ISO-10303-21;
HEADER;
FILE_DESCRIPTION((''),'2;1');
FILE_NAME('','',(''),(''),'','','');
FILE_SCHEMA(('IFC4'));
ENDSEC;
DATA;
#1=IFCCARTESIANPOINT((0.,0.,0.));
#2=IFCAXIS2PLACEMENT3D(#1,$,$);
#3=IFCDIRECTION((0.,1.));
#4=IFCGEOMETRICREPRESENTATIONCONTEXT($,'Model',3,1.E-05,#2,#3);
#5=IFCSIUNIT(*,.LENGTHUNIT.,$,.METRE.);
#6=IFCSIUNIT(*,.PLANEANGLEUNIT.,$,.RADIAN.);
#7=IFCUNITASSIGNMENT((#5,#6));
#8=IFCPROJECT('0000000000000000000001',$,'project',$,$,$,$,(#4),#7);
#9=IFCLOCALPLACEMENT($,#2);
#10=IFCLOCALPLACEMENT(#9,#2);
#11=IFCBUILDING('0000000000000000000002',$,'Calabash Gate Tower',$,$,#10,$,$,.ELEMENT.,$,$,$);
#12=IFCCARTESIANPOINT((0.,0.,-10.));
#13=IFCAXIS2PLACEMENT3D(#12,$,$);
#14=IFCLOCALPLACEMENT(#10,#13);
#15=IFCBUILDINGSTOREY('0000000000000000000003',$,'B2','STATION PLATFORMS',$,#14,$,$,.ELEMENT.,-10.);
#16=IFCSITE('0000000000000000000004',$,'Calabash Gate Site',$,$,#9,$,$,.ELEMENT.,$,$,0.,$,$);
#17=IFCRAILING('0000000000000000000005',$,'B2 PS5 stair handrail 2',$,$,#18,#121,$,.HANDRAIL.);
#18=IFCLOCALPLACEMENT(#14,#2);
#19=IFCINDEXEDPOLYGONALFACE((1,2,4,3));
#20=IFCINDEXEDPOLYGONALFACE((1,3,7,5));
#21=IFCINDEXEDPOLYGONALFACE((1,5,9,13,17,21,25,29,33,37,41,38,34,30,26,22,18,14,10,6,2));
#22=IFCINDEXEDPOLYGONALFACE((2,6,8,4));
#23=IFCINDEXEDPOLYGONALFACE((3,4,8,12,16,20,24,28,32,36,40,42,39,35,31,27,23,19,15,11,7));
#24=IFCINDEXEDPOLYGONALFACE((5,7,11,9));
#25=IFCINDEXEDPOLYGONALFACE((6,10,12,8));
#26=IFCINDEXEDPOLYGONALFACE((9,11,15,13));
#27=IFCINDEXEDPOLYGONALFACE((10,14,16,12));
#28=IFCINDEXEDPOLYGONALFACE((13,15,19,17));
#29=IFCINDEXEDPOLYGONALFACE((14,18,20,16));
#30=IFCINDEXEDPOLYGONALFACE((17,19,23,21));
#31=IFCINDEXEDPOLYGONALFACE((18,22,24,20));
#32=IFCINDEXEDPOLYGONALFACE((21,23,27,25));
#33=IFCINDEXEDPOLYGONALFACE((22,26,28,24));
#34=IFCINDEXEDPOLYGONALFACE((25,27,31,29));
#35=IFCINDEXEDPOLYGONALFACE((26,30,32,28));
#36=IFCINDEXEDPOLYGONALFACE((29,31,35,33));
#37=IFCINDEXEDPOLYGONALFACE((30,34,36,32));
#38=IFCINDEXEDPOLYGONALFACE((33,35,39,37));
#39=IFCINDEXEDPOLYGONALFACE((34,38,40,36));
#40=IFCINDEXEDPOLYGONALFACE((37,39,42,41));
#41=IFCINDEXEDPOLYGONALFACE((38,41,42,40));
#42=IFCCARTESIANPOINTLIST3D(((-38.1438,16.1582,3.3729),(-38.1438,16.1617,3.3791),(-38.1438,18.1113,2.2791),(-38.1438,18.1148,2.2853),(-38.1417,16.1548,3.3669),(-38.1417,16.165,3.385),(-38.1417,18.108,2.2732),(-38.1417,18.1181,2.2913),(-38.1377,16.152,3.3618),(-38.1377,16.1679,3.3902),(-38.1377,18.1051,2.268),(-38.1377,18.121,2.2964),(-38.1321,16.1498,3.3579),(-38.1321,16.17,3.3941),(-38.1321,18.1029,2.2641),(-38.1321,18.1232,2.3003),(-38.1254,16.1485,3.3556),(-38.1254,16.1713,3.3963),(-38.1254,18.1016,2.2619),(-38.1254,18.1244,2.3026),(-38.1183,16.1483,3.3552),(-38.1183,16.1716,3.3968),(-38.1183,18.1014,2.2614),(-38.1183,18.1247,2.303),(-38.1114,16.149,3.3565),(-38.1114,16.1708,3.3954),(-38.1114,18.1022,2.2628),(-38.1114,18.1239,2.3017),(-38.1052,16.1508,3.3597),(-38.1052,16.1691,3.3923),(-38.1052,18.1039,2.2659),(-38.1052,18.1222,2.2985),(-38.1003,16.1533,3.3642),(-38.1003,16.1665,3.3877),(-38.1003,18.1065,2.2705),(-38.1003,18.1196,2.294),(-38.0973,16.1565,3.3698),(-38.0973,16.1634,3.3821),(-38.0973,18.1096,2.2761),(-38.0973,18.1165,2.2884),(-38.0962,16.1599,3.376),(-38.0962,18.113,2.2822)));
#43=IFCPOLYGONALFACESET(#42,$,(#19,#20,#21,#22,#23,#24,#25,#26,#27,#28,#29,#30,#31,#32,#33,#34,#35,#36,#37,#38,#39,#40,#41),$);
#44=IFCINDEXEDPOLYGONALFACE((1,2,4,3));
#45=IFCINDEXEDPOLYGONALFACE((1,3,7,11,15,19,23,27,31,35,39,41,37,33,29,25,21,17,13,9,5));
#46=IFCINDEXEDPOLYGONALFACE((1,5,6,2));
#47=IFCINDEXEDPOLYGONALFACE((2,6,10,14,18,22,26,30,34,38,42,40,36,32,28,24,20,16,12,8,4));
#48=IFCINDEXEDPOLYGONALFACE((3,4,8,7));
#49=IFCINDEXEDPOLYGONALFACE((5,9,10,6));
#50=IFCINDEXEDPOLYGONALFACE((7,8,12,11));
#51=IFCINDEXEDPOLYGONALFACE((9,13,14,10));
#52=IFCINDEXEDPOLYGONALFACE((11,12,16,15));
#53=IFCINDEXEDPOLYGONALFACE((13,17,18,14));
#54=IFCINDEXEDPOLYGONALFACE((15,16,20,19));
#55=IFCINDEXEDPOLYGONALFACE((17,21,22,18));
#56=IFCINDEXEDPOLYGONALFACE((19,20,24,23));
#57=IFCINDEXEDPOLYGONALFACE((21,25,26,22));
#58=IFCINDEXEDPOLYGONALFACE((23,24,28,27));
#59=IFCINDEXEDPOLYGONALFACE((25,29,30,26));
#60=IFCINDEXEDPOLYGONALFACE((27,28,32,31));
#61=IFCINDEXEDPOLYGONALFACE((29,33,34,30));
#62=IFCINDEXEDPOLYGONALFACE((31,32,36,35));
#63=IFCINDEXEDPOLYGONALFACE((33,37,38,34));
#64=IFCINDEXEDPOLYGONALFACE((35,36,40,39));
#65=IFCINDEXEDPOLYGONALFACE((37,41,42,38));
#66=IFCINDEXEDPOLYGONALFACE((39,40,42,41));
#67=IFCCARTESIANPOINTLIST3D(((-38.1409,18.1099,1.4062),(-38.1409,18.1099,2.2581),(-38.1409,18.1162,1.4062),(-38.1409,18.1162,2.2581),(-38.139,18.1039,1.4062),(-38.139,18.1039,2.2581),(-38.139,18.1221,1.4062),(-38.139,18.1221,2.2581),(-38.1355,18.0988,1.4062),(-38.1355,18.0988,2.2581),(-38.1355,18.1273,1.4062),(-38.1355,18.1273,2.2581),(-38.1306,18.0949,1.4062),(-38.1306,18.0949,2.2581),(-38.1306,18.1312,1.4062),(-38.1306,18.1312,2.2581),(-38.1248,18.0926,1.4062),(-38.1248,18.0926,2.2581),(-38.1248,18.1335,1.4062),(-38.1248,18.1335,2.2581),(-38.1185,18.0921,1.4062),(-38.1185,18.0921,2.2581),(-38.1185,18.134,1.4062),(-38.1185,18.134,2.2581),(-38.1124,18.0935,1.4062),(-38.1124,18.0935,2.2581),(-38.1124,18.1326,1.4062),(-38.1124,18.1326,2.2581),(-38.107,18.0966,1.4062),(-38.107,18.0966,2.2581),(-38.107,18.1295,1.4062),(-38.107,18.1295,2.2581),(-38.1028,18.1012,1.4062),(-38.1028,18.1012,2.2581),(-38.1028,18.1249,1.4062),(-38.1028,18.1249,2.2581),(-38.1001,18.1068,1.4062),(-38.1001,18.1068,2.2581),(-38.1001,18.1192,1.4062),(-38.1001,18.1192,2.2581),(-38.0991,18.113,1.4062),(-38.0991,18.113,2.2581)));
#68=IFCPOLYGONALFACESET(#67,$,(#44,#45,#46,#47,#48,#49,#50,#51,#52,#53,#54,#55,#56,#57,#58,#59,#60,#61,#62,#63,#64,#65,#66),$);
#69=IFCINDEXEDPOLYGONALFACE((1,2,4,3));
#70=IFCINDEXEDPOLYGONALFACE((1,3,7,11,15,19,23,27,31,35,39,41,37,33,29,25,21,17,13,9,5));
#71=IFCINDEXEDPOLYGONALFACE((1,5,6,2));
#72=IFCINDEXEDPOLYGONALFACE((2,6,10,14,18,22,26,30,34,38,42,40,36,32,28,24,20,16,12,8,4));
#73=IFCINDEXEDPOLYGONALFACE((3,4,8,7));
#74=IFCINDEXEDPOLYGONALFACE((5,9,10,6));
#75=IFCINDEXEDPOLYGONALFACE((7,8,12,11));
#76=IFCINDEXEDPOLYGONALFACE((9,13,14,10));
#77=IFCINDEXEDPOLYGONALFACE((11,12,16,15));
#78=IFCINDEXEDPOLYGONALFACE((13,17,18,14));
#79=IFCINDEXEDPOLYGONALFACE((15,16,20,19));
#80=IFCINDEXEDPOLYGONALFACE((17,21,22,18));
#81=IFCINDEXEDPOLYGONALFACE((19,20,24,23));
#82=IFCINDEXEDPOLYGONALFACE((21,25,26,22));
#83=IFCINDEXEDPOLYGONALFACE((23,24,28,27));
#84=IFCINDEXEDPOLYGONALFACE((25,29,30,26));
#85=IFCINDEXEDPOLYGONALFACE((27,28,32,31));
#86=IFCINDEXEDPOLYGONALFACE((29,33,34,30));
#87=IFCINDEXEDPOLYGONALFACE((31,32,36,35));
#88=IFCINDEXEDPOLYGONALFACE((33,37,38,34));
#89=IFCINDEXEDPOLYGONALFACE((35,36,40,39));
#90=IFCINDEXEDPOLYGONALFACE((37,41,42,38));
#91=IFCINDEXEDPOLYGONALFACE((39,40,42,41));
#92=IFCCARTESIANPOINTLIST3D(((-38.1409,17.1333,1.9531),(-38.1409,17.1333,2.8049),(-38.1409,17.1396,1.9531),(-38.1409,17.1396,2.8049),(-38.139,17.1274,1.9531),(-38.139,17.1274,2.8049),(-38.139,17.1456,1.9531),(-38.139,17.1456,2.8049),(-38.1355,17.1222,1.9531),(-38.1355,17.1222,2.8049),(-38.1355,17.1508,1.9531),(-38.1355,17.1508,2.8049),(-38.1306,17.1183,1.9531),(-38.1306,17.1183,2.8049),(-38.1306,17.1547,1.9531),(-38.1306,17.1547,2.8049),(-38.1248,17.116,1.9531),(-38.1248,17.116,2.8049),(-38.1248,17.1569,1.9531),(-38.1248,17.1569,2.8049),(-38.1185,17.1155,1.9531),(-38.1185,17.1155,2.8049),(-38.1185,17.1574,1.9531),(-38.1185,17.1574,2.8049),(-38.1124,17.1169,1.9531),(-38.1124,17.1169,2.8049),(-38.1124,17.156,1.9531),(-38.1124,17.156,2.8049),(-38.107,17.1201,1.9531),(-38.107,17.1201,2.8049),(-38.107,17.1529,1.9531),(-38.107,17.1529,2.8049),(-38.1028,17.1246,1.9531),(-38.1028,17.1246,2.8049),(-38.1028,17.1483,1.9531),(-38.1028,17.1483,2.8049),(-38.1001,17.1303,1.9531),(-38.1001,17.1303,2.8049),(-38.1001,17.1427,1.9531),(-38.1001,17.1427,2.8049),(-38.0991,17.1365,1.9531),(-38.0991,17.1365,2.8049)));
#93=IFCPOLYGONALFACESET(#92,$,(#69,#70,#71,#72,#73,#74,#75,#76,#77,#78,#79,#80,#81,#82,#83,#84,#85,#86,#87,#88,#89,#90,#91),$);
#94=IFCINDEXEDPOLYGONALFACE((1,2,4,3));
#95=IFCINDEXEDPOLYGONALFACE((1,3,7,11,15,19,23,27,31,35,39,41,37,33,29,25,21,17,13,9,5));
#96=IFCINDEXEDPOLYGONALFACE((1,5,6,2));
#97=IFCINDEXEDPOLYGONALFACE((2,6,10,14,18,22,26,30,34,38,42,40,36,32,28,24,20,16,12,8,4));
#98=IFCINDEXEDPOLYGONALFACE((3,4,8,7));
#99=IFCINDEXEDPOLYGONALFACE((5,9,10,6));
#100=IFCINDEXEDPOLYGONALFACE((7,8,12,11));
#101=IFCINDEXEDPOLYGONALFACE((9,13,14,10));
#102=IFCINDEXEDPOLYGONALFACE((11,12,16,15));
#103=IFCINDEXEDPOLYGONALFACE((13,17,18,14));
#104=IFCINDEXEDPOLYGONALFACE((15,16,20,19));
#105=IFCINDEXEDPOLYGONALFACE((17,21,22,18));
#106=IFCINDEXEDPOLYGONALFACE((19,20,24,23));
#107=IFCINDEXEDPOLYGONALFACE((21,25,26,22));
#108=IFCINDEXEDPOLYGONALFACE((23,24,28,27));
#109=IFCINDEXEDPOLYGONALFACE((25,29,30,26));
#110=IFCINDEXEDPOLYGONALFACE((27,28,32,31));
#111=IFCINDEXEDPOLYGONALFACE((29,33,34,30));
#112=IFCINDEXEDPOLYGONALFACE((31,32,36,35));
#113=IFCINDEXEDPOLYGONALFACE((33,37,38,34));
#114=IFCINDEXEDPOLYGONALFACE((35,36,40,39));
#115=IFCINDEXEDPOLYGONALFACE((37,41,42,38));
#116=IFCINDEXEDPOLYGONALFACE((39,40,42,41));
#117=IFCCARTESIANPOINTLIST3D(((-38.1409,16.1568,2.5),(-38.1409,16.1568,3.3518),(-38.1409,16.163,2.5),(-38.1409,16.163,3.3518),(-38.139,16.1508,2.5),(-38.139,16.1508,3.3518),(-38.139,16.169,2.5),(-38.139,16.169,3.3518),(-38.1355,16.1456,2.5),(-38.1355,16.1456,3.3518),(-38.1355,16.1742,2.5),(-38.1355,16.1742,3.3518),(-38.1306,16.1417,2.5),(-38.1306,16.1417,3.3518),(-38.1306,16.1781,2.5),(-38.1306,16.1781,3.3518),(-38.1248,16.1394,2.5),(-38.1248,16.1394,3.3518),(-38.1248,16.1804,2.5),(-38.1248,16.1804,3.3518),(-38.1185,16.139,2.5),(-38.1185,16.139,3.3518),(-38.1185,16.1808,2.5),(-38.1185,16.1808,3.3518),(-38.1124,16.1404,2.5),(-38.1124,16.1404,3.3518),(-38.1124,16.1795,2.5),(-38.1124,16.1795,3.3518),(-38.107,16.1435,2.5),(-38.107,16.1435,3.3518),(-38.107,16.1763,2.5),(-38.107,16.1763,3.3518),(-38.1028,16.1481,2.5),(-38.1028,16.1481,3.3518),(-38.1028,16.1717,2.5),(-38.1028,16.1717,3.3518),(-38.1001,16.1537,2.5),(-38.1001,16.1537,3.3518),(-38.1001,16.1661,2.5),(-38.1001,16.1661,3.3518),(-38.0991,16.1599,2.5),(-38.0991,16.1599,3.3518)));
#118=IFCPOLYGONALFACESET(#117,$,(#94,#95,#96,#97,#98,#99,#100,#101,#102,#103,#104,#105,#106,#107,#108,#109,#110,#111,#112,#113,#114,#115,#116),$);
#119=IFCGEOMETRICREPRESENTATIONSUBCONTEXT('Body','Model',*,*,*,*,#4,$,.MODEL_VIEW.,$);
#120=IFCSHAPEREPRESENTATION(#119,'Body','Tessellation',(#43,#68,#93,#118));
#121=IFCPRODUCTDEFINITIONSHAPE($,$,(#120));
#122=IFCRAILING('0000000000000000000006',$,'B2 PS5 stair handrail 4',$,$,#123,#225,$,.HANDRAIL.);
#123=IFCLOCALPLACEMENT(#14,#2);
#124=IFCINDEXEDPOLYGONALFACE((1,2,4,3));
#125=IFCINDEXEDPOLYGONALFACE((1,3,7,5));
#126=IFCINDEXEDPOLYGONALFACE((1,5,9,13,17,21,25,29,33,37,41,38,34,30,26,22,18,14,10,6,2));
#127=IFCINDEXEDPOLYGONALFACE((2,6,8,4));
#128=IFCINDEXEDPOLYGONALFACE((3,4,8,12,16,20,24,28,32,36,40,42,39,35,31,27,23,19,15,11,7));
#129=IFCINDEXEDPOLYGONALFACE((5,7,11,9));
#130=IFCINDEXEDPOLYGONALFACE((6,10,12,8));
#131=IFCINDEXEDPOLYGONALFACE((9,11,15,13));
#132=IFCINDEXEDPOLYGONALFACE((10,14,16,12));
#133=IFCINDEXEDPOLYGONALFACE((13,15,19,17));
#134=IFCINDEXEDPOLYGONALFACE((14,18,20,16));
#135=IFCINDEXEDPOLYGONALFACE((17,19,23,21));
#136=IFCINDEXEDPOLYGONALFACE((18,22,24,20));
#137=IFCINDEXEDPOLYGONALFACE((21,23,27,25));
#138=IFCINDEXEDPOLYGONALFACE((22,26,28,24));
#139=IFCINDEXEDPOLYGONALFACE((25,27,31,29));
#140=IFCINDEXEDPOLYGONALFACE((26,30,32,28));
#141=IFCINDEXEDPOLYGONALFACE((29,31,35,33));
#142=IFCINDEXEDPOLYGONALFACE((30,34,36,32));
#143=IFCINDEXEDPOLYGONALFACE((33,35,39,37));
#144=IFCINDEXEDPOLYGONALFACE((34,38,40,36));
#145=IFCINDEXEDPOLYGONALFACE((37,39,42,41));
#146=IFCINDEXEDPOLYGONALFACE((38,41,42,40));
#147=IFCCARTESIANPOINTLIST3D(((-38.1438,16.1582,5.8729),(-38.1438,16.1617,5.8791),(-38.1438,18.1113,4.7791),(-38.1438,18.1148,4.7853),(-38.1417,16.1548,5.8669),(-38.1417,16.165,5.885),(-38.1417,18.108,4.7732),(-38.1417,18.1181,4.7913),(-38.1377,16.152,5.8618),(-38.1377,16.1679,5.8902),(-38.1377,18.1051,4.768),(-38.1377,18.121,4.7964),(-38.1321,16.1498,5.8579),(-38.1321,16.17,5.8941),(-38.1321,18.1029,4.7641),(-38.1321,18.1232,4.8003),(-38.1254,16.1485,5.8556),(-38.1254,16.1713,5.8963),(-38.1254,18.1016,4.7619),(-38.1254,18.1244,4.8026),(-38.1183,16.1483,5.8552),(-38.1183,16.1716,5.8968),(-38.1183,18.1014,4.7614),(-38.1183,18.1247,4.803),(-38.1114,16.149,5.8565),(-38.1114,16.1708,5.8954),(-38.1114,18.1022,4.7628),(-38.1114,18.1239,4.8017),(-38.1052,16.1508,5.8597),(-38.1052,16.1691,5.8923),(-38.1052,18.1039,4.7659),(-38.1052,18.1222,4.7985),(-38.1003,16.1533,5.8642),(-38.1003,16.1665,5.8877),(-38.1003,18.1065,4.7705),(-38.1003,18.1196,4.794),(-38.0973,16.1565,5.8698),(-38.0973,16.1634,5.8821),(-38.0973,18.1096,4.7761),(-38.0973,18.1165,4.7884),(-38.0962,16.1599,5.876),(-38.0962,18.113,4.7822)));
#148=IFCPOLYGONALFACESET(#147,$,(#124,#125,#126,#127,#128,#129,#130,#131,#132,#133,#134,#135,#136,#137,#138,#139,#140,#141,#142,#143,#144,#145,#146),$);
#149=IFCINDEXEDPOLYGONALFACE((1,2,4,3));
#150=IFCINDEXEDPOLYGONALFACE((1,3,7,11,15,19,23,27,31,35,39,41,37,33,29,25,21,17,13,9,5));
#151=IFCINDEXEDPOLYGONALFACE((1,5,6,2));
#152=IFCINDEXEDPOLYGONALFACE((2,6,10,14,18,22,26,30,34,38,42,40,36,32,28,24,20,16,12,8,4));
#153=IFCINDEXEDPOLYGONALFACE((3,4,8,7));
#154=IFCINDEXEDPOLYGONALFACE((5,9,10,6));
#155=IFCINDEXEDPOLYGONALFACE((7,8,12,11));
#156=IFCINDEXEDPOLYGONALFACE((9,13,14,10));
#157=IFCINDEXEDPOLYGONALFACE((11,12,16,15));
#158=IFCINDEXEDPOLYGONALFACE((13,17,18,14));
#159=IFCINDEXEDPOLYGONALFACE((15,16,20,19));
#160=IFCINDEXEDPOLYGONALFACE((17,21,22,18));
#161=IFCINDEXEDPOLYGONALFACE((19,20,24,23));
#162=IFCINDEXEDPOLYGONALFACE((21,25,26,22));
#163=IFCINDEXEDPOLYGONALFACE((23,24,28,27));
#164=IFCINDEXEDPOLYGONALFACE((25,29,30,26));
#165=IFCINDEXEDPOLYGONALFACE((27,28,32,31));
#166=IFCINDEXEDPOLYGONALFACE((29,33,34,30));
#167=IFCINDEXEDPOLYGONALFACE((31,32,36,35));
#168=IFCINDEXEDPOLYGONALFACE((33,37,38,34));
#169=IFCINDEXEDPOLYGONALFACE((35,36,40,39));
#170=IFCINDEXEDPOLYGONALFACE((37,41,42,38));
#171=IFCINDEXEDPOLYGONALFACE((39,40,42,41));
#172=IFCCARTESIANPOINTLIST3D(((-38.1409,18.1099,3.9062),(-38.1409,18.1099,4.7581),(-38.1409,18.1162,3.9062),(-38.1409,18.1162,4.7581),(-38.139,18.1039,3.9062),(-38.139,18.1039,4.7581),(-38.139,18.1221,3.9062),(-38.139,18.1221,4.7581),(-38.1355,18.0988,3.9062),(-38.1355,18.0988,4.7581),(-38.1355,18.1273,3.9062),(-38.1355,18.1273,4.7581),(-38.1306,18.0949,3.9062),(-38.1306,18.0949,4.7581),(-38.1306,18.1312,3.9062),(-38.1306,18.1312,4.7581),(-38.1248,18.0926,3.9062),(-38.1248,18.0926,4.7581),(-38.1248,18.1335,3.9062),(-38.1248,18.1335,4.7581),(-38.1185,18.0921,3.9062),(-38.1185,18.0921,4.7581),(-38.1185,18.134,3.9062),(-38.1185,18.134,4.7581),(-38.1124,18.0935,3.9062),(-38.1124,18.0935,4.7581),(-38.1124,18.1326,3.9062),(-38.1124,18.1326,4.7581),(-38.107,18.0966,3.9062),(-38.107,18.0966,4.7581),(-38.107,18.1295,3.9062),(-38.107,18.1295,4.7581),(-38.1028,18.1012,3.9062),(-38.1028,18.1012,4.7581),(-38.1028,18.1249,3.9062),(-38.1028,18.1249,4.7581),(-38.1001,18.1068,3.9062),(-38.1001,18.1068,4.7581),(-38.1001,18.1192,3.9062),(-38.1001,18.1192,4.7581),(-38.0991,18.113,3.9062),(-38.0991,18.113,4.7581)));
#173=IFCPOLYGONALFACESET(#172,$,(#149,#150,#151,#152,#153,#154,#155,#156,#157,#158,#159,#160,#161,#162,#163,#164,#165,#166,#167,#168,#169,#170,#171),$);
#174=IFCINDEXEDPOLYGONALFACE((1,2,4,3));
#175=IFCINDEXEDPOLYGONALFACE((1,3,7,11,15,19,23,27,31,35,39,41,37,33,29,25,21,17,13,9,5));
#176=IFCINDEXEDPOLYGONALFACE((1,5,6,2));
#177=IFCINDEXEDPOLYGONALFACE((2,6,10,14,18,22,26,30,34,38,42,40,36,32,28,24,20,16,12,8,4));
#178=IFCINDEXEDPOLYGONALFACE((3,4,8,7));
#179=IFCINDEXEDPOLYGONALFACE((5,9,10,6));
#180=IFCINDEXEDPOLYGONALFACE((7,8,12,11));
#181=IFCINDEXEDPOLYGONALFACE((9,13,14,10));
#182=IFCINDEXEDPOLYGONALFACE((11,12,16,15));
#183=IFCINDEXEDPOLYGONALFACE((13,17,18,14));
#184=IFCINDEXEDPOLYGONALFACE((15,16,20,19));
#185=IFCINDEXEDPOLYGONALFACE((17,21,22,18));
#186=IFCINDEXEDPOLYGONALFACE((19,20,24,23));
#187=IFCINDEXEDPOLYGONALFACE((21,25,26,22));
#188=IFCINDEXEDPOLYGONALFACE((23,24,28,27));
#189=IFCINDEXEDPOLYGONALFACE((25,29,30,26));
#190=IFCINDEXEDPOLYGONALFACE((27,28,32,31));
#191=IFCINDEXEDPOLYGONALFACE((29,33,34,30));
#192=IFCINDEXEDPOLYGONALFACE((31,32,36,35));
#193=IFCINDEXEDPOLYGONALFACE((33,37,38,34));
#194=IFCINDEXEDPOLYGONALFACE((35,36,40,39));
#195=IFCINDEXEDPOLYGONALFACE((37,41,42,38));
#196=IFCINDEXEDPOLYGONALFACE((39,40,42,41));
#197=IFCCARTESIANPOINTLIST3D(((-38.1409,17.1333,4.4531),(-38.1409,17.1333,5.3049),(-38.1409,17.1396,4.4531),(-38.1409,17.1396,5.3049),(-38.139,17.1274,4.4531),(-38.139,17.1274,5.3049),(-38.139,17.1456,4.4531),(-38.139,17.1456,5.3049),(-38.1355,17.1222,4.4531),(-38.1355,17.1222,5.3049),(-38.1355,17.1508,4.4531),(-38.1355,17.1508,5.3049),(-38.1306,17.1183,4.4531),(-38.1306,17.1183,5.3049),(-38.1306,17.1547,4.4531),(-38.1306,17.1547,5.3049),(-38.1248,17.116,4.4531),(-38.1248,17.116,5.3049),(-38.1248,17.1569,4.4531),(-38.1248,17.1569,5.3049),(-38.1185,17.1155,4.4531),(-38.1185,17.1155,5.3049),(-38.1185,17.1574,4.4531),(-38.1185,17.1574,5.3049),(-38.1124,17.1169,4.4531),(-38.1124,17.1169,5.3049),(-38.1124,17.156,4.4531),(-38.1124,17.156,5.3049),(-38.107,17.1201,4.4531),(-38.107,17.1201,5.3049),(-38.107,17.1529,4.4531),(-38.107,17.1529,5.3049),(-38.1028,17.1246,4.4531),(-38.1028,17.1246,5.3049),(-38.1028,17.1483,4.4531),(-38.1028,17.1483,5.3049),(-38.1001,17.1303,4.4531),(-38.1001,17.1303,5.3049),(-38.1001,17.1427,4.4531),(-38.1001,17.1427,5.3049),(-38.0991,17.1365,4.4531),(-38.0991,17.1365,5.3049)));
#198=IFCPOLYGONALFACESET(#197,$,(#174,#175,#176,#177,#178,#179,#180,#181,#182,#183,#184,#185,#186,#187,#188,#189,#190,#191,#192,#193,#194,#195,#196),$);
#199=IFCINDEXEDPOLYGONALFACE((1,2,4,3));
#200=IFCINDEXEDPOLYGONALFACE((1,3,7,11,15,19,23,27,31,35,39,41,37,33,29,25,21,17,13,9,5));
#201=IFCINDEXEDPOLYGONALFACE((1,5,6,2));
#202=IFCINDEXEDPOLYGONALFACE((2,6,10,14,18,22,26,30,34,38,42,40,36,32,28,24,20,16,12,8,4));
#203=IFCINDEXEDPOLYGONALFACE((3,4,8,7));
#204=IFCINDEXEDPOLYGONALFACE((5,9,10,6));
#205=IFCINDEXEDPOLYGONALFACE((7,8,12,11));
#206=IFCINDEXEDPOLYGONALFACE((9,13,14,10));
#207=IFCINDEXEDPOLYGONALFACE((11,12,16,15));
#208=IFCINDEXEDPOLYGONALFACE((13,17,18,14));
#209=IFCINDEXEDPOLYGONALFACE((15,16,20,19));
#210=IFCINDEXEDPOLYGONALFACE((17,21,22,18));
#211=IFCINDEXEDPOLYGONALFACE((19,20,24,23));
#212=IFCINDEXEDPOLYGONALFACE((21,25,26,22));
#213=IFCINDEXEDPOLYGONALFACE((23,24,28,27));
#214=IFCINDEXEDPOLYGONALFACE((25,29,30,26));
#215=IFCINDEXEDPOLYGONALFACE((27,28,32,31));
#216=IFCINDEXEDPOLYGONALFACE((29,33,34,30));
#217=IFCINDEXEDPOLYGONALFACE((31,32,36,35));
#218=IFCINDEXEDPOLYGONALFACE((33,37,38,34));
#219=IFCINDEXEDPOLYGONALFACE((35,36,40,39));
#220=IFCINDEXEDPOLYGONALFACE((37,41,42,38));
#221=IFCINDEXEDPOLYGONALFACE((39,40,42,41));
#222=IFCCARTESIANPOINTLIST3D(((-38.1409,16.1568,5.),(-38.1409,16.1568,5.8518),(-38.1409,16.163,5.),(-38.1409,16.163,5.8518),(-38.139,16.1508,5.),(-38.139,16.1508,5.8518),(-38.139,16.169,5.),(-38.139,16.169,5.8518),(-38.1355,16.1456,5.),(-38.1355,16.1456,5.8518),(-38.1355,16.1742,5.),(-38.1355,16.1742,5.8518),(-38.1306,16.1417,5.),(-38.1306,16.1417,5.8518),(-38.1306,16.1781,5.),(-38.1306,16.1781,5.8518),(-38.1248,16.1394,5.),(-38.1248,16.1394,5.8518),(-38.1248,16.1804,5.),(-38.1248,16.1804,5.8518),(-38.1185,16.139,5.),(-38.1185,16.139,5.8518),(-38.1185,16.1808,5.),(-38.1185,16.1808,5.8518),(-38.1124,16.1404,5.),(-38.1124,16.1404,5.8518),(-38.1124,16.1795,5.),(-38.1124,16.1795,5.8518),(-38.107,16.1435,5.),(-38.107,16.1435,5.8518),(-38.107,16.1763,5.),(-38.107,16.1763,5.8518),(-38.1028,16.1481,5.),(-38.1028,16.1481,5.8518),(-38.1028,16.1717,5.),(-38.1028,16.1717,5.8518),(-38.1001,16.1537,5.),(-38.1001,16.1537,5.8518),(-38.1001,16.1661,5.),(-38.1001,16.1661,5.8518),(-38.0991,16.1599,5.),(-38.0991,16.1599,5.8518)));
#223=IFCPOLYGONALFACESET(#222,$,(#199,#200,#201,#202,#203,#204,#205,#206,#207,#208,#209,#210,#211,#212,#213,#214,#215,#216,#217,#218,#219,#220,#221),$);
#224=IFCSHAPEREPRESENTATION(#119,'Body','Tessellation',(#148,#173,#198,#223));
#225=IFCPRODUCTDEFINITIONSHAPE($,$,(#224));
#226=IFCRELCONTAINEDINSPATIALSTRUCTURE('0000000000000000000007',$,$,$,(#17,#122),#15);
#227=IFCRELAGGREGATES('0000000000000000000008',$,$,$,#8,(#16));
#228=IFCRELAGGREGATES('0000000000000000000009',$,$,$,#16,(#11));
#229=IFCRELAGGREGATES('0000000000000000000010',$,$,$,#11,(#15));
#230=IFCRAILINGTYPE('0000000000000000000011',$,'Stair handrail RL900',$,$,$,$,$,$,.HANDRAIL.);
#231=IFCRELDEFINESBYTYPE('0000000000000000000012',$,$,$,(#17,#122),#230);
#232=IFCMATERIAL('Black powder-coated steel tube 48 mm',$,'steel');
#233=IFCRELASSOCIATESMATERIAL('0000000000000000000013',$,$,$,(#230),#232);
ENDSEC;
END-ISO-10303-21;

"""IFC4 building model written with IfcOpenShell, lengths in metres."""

from ifc_helpers import new_model, si_unit, direction, frame, origin, origin_2d, place, context, subcontext, project, spatial, circle, extrude, material, type_object, element, save


model = new_model("IFC4")

# Units and contexts
model_context = context("Model", 3, precision=1e-05, world=origin(), true_north=direction((0.0, 1.0)))
body_context = subcontext(model_context, "Body", "Model", "MODEL_VIEW")
ifc_project = project(units=[si_unit("LENGTHUNIT", "METRE"), si_unit("PLANEANGLEUNIT", "RADIAN")], contexts=[model_context])

# Site, building, storey
site_placement = place(None, origin())
site = spatial("IfcSite", under=ifc_project, at=site_placement, Name="Calabash Gate Site", CompositionType="ELEMENT", RefElevation=0.0)
building_placement = place(site_placement, origin())
building = spatial("IfcBuilding", under=site, at=building_placement, Name="Calabash Gate Tower", CompositionType="ELEMENT")
storey_placement = place(building_placement, frame((0.0, 0.0, -10.0)))
storey = spatial("IfcBuildingStorey", under=building, at=storey_placement, Name="B2", Description="STATION PLATFORMS", CompositionType="ELEMENT", Elevation=-10.0)

# Railings
ifc_material_1 = material(Name="Black powder-coated steel tube 48 mm", Category="steel")
railing_type_1 = type_object("IfcRailingType", Name="Stair handrail RL900", PredefinedType="HANDRAIL", material=ifc_material_1)
for number, where, name in (
    (1, (-38.1201, 18.113, 1.4062), "B2 PS5 stair handrail 2"),
    (2, (-38.1201, 18.113, 3.9062), "B2 PS5 stair handrail 4"),
):
    element("IfcRailing", number, at=place(storey_placement, frame(where)), inside=storey, type_object=railing_type_1, Name=name, PredefinedType="HANDRAIL", context=body_context, shape_type="SweptSolid", body=[
        extrude(circle(Radius=0.0239, at=origin_2d()), frame((0.0, 0.0, 0.876), z_axis=(0.0, -0.872506, 0.488603), x_axis=(1.0, 0.0, 0.0)), (0.0, 0.0, 1.0), 2.2385),
        extrude(circle(Radius=0.021, at=origin_2d()), origin(), (0.0, 0.0, 1.0), 0.8518),
        extrude(circle(Radius=0.021, at=origin_2d()), frame((0.0, -0.9766, 0.5469)), (0.0, 0.0, 1.0), 0.8518),
        extrude(circle(Radius=0.021, at=origin_2d()), frame((0.0, -1.9531, 1.0938)), (0.0, 0.0, 1.0), 0.8518),
    ])

save(model, "model.ifc")
